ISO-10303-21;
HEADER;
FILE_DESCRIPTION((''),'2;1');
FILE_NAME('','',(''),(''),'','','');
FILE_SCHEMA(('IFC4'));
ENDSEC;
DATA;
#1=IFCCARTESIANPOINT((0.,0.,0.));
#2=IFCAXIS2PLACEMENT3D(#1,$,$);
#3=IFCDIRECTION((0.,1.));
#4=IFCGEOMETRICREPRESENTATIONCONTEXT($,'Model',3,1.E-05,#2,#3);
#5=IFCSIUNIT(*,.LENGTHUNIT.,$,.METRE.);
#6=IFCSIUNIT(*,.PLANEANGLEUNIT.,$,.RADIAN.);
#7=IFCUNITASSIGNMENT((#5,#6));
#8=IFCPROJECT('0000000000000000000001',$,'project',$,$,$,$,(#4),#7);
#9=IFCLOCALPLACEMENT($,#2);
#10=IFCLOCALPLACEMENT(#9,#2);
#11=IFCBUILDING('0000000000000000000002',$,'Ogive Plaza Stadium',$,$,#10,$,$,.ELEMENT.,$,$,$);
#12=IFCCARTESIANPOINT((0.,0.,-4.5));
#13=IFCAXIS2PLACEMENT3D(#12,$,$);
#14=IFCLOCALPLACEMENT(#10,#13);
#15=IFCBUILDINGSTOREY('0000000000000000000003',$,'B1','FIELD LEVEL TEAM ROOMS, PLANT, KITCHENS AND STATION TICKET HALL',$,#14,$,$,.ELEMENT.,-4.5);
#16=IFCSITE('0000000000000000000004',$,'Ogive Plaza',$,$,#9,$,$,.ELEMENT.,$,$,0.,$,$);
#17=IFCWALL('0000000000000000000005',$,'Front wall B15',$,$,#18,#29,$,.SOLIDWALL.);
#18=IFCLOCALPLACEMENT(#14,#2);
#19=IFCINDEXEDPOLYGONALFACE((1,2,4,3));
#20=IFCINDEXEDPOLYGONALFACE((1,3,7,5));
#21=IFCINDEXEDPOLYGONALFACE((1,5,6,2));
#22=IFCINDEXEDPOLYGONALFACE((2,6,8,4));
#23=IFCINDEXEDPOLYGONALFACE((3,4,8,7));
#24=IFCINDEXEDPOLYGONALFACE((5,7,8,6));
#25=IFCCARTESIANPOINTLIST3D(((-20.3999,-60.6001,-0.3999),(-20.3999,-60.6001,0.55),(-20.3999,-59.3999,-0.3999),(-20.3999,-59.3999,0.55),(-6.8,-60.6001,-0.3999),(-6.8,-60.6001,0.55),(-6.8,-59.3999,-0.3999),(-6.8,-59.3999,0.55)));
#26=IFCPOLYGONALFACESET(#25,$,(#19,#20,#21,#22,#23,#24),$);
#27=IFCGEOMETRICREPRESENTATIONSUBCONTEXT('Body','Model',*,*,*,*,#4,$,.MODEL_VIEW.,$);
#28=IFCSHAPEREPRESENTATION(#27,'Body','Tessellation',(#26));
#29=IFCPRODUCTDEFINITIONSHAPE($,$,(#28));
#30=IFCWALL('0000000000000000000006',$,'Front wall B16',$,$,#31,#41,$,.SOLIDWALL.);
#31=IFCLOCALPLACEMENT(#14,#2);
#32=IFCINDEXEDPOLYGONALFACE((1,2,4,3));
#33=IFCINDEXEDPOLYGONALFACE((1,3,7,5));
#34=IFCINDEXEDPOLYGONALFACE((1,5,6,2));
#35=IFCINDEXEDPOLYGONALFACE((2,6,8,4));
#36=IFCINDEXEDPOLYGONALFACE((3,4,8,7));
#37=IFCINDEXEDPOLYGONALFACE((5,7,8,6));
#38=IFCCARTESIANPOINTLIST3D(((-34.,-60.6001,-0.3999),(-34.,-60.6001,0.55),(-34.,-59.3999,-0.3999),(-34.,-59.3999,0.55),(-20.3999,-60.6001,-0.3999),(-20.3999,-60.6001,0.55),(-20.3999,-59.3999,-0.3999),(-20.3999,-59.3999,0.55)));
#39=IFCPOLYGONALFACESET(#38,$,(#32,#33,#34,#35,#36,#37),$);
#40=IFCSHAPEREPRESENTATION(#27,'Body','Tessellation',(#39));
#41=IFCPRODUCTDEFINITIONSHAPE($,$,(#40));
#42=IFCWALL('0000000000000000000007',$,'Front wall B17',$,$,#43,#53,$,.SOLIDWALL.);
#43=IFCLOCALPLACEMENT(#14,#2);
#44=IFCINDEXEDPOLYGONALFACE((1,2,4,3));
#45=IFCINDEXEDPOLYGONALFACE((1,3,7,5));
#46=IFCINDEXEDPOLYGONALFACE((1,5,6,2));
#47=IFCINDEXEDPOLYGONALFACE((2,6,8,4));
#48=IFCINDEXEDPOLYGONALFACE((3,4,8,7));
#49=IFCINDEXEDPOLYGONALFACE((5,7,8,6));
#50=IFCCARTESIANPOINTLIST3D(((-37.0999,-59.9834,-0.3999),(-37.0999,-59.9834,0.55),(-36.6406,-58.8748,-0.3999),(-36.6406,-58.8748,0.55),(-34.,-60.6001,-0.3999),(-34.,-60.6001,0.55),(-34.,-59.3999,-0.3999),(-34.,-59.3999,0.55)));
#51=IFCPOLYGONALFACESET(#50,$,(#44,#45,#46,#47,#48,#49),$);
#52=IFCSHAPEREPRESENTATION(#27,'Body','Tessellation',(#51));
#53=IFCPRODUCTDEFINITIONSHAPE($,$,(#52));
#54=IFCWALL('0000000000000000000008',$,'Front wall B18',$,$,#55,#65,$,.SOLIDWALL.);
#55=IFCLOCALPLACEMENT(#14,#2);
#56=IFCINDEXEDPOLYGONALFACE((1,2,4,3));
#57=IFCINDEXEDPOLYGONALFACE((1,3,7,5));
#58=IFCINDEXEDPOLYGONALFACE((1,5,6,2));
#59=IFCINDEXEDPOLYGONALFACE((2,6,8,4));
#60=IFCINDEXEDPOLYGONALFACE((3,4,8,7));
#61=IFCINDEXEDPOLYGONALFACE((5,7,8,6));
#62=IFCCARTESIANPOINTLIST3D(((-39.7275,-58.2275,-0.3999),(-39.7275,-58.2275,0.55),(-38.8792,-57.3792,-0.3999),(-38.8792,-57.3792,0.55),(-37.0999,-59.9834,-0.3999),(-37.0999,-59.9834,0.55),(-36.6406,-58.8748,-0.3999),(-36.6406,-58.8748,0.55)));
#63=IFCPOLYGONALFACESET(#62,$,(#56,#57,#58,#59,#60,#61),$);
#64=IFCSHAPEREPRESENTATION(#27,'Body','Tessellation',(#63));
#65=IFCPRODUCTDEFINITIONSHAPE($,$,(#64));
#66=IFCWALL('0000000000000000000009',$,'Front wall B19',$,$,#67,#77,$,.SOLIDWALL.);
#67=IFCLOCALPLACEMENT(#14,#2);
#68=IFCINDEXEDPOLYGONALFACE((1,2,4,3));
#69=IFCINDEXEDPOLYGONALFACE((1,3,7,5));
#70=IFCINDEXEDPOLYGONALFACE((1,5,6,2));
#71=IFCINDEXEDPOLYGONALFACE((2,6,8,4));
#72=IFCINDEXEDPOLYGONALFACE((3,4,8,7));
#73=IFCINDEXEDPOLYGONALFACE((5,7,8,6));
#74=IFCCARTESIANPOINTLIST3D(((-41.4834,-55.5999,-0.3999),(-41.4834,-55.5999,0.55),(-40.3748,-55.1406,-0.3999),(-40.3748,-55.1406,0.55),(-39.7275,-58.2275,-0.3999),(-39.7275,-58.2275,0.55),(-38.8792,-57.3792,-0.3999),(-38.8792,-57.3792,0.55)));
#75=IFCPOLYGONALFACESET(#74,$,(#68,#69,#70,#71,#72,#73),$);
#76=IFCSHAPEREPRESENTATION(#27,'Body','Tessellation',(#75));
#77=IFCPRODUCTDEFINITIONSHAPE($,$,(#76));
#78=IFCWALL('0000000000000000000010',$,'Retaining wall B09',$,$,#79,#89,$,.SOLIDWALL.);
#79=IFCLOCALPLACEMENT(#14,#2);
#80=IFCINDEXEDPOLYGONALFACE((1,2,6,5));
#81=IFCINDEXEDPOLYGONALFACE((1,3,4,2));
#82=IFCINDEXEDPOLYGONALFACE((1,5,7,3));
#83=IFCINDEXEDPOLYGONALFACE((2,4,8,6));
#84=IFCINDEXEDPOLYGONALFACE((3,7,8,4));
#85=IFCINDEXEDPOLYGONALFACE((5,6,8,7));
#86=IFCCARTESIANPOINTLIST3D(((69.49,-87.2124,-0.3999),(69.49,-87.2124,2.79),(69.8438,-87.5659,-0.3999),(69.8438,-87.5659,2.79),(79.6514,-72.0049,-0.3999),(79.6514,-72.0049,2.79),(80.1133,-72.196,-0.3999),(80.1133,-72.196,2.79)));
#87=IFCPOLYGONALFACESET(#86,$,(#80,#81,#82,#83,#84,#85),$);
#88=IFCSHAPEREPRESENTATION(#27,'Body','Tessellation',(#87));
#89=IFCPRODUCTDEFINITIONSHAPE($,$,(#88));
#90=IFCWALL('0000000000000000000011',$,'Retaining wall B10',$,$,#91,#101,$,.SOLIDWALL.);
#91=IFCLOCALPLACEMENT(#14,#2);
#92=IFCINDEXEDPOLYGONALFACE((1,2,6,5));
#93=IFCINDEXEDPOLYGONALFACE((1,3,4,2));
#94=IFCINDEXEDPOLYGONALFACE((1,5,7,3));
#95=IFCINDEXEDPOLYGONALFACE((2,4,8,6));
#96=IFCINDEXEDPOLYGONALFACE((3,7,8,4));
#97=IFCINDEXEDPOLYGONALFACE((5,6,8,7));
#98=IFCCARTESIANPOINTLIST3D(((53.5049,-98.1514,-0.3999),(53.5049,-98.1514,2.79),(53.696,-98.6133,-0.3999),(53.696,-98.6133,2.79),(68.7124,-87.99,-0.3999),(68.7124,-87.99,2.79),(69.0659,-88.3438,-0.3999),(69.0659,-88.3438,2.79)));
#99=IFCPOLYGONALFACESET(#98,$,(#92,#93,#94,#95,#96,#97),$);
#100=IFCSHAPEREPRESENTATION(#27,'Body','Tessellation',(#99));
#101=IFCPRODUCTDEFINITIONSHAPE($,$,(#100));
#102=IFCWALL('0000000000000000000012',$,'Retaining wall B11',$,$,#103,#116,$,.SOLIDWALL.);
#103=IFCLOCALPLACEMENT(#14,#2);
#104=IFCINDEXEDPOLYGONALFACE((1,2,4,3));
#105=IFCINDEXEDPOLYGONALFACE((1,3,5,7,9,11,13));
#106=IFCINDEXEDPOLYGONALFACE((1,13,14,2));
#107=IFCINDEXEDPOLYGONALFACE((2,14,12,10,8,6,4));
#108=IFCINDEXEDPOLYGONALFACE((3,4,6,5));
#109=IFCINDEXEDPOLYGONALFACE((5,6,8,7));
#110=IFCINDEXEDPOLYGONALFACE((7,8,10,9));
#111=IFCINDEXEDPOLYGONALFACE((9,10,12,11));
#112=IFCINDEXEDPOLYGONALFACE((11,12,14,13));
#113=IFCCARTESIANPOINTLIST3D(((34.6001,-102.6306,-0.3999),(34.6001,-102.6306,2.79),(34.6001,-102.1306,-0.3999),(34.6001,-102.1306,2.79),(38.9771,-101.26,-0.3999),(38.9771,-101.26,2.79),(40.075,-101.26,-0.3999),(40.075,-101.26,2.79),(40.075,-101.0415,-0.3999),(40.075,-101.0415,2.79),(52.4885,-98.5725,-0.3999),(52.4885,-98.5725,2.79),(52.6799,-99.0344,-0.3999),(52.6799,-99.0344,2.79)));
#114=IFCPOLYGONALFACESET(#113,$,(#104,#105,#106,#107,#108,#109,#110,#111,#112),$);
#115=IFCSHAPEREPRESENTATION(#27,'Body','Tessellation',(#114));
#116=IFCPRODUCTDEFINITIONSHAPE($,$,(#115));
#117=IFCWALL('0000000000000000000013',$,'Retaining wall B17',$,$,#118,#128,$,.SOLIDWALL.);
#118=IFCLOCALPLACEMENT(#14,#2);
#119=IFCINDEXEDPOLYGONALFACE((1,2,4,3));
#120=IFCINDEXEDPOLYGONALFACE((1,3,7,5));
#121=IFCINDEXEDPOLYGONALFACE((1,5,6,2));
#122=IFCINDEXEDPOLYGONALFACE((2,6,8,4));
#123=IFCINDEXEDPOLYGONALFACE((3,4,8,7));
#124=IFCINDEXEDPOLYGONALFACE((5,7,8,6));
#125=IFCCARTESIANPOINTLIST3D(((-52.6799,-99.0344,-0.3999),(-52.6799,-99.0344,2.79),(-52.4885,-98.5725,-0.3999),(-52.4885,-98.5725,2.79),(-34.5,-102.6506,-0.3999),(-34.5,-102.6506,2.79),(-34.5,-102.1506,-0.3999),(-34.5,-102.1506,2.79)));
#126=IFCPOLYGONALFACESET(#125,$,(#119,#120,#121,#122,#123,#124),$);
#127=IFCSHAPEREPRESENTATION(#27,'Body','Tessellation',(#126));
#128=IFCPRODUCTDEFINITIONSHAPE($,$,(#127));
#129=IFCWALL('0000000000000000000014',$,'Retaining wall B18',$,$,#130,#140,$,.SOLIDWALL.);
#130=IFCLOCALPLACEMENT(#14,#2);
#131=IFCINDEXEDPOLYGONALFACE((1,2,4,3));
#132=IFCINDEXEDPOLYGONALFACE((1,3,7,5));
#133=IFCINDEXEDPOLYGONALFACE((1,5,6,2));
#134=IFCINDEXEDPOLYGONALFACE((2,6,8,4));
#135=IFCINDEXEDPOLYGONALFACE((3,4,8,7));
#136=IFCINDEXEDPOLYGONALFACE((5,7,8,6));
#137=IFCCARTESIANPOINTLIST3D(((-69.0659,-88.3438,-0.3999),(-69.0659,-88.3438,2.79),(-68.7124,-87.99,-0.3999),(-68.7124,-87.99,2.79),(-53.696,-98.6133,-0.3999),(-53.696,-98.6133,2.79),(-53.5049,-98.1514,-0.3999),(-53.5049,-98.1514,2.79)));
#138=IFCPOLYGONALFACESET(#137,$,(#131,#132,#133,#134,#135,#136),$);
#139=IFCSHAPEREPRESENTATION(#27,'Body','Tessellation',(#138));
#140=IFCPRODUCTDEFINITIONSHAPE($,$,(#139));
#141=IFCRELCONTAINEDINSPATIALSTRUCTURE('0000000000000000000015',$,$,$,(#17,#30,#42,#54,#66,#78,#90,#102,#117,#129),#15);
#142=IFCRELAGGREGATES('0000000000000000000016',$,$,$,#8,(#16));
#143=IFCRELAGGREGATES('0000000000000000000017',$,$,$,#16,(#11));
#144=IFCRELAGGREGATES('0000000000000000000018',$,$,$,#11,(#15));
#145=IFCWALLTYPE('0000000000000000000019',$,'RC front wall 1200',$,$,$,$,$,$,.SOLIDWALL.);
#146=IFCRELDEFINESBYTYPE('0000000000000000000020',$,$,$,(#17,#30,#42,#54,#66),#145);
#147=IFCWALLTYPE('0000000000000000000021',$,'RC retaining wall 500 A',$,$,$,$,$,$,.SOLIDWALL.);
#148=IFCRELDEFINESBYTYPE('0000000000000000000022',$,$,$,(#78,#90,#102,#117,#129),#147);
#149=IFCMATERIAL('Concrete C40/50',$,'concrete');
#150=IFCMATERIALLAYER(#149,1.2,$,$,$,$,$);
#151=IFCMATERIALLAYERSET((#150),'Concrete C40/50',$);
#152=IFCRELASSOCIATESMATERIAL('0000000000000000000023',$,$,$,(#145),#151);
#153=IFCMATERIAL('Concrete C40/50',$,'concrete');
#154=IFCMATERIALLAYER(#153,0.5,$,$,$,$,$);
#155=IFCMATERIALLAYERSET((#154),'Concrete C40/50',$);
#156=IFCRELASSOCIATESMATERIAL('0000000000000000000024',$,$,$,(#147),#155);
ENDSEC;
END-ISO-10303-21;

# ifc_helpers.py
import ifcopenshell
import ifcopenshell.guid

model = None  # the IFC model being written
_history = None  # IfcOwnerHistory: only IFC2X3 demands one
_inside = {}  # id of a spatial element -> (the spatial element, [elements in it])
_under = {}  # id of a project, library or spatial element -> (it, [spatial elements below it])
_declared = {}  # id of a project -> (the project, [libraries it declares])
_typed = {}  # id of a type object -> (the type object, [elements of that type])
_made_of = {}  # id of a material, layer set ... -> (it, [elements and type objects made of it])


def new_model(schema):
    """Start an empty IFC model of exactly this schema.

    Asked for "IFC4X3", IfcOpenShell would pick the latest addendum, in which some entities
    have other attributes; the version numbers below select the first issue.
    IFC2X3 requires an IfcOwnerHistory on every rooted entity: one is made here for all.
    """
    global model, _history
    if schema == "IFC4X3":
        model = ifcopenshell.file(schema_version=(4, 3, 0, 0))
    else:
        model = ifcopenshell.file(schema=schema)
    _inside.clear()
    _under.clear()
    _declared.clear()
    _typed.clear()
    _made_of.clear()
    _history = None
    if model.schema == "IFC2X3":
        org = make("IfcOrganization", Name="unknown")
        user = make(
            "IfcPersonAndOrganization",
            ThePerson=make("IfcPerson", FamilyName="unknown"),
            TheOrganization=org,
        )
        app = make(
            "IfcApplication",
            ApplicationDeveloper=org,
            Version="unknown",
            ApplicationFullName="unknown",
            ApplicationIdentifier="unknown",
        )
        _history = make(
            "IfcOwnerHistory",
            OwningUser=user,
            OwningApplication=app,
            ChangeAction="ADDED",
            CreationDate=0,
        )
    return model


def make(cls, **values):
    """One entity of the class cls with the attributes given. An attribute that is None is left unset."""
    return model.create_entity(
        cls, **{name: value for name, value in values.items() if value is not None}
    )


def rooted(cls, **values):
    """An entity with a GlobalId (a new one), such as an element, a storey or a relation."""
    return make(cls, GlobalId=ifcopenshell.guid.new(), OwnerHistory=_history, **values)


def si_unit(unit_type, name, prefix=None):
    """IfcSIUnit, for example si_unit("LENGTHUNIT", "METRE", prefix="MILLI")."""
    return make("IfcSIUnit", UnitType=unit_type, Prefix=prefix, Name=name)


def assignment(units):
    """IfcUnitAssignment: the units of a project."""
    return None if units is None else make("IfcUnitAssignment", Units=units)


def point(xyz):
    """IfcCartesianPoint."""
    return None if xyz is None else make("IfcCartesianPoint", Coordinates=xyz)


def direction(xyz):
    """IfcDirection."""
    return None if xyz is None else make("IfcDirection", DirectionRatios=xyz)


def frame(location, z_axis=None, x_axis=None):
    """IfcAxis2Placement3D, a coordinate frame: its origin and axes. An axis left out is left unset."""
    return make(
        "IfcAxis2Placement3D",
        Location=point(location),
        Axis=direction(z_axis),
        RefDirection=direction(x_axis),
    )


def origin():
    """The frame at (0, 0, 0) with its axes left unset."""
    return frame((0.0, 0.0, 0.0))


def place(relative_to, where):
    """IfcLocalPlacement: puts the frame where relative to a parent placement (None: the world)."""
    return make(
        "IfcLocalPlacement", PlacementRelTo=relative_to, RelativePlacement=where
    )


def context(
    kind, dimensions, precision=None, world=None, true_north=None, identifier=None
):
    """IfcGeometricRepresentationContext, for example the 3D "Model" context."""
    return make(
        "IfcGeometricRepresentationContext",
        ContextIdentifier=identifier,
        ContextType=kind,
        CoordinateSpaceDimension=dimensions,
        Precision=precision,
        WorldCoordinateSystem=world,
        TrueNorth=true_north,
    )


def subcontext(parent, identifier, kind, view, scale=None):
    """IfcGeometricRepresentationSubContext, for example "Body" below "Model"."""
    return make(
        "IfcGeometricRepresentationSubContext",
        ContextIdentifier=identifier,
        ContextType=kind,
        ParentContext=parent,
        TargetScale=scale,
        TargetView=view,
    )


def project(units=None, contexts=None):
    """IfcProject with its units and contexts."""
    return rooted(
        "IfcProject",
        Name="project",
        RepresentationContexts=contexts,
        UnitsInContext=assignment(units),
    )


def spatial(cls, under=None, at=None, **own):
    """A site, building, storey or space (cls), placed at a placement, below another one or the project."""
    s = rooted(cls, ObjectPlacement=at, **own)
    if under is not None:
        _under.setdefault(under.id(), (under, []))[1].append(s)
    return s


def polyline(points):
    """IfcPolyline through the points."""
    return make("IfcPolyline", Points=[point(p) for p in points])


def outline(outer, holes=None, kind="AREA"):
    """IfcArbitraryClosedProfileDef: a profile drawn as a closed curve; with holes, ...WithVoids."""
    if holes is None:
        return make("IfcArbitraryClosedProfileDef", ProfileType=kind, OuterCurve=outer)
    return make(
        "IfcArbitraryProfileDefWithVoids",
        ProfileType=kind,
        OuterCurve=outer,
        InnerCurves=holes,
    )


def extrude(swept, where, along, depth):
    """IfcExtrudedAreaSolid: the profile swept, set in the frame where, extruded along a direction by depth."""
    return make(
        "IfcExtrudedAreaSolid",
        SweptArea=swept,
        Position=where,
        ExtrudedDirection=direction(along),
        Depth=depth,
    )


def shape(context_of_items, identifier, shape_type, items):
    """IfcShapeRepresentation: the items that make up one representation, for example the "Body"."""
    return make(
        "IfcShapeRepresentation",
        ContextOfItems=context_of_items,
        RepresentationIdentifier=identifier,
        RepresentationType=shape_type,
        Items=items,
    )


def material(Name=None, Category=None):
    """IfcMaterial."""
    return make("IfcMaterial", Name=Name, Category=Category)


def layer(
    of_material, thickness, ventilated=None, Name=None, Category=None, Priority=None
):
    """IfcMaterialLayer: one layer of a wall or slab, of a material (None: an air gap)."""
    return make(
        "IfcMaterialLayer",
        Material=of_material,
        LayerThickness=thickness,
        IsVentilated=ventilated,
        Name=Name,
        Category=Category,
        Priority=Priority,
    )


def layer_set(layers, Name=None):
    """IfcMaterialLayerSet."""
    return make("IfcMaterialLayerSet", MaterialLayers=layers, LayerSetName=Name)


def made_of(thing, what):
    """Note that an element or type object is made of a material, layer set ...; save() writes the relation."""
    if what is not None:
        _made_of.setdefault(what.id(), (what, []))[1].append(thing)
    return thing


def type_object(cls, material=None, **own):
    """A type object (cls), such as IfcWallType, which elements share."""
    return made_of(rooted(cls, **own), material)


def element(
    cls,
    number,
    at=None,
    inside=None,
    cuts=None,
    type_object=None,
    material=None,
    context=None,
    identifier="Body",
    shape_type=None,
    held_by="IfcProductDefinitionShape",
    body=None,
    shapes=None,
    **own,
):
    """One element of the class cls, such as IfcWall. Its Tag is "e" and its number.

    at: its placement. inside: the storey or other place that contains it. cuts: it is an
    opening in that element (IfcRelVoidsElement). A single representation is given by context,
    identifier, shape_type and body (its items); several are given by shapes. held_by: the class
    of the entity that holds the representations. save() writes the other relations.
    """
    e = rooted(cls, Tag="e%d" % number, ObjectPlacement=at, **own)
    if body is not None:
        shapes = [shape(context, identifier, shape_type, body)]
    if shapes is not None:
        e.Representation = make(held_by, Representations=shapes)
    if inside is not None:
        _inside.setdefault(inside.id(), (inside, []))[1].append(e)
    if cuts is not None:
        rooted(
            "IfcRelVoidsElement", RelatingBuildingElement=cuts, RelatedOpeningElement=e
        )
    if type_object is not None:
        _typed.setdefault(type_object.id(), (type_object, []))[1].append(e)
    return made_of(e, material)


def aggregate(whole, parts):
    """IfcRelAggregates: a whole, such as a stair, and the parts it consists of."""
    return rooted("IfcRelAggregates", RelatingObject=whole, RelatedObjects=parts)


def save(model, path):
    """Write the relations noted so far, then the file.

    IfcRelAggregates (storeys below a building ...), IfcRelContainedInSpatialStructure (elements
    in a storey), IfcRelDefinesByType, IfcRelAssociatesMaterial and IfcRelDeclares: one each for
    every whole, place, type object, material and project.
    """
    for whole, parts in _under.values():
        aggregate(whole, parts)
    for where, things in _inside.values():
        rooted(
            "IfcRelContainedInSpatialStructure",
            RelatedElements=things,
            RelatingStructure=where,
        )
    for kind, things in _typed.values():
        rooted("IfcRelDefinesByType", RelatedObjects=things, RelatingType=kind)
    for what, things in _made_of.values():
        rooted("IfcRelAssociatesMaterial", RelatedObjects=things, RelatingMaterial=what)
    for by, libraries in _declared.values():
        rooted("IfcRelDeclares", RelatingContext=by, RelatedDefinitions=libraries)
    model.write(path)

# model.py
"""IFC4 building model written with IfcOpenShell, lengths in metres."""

from ifc_helpers import new_model, si_unit, direction, frame, origin, place, context, subcontext, project, spatial, polyline, outline, extrude, material, layer, layer_set, type_object, element, save


model = new_model("IFC4")

# Units and contexts
model_context = context("Model", 3, precision=1e-05, world=origin(), true_north=direction((0.0, 1.0)))
body_context = subcontext(model_context, "Body", "Model", "MODEL_VIEW")
ifc_project = project(units=[si_unit("LENGTHUNIT", "METRE"), si_unit("PLANEANGLEUNIT", "RADIAN")], contexts=[model_context])

# Site, building, storey
site_placement = place(None, origin())
site = spatial("IfcSite", under=ifc_project, at=site_placement, Name="Ogive Plaza", CompositionType="ELEMENT", RefElevation=0.0)
building_placement = place(site_placement, origin())
building = spatial("IfcBuilding", under=site, at=building_placement, Name="Ogive Plaza Stadium", CompositionType="ELEMENT")
storey_placement = place(building_placement, frame((0.0, 0.0, -4.5)))
storey = spatial("IfcBuildingStorey", under=building, at=storey_placement, Name="B1", Description="FIELD LEVEL TEAM ROOMS, PLANT, KITCHENS AND STATION TICKET HALL", CompositionType="ELEMENT", Elevation=-4.5)

# Walls
ifc_material_1 = material(Name="Concrete C40/50", Category="concrete")
ifc_layer_1 = layer(ifc_material_1, 1.2)
ifc_layer_set_1 = layer_set([ifc_layer_1], Name="Concrete C40/50")
wall_type_1 = type_object("IfcWallType", Name="RC front wall 1200", PredefinedType="SOLIDWALL", material=ifc_layer_set_1)
wall_1_placement = place(storey_placement, frame((0.0, 0.0, -0.3999)))
element("IfcWall", 1, at=wall_1_placement, inside=storey, type_object=wall_type_1, Name="Front wall B15", PredefinedType="SOLIDWALL", context=body_context, shape_type="SweptSolid", body=[
    extrude(outline(polyline([(-20.3999, -59.3999), (-20.3999, -60.6001), (-6.8, -60.6001), (-6.8, -59.3999), (-20.3999, -59.3999)])), origin(), (0.0, 0.0, 1.0), 0.95),
])
wall_2_placement = place(storey_placement, frame((0.0, 0.0, -0.3999)))
element("IfcWall", 2, at=wall_2_placement, inside=storey, type_object=wall_type_1, Name="Front wall B16", PredefinedType="SOLIDWALL", context=body_context, shape_type="SweptSolid", body=[
    extrude(outline(polyline([(-34.0, -59.3999), (-34.0, -60.6001), (-20.3999, -60.6001), (-20.3999, -59.3999), (-34.0, -59.3999)])), origin(), (0.0, 0.0, 1.0), 0.95),
])
wall_3_placement = place(storey_placement, frame((0.0, 0.0, -0.3999)))
element("IfcWall", 3, at=wall_3_placement, inside=storey, type_object=wall_type_1, Name="Front wall B17", PredefinedType="SOLIDWALL", context=body_context, shape_type="SweptSolid", body=[
    extrude(outline(polyline([(-36.6406, -58.8748), (-37.0999, -59.9834), (-34.0, -60.6001), (-34.0, -59.3999), (-36.6406, -58.8748)])), origin(), (0.0, 0.0, 1.0), 0.95),
])
wall_4_placement = place(storey_placement, frame((0.0, 0.0, -0.3999)))
element("IfcWall", 4, at=wall_4_placement, inside=storey, type_object=wall_type_1, Name="Front wall B18", PredefinedType="SOLIDWALL", context=body_context, shape_type="SweptSolid", body=[
    extrude(outline(polyline([(-38.8792, -57.3792), (-39.7275, -58.2275), (-37.0999, -59.9834), (-36.6406, -58.8748), (-38.8792, -57.3792)])), origin(), (0.0, 0.0, 1.0), 0.95),
])
wall_5_placement = place(storey_placement, frame((0.0, 0.0, -0.3999)))
element("IfcWall", 5, at=wall_5_placement, inside=storey, type_object=wall_type_1, Name="Front wall B19", PredefinedType="SOLIDWALL", context=body_context, shape_type="SweptSolid", body=[
    extrude(outline(polyline([(-40.3748, -55.1406), (-41.4834, -55.5999), (-39.7275, -58.2275), (-38.8792, -57.3792), (-40.3748, -55.1406)])), origin(), (0.0, 0.0, 1.0), 0.95),
])
ifc_material_2 = material(Name="Concrete C40/50", Category="concrete")
ifc_layer_2 = layer(ifc_material_2, 0.5)
ifc_layer_set_2 = layer_set([ifc_layer_2], Name="Concrete C40/50")
wall_type_2 = type_object("IfcWallType", Name="RC retaining wall 500 A", PredefinedType="SOLIDWALL", material=ifc_layer_set_2)
wall_6_placement = place(storey_placement, frame((0.0, 0.0, -0.3999)))
element("IfcWall", 6, at=wall_6_placement, inside=storey, type_object=wall_type_2, Name="Retaining wall B09", PredefinedType="SOLIDWALL", context=body_context, shape_type="SweptSolid", body=[
    extrude(outline(polyline([(69.49, -87.2124), (69.8438, -87.5659), (80.1133, -72.196), (79.6514, -72.0049), (69.49, -87.2124)])), origin(), (0.0, 0.0, 1.0), 3.1899),
])
wall_7_placement = place(storey_placement, frame((0.0, 0.0, -0.3999)))
element("IfcWall", 7, at=wall_7_placement, inside=storey, type_object=wall_type_2, Name="Retaining wall B10", PredefinedType="SOLIDWALL", context=body_context, shape_type="SweptSolid", body=[
    extrude(outline(polyline([(53.5049, -98.1514), (53.696, -98.6133), (69.0659, -88.3438), (68.7124, -87.99), (53.5049, -98.1514)])), origin(), (0.0, 0.0, 1.0), 3.1899),
])
wall_8_placement = place(storey_placement, frame((0.0, 0.0, -0.3999)))
element("IfcWall", 8, at=wall_8_placement, inside=storey, type_object=wall_type_2, Name="Retaining wall B11", PredefinedType="SOLIDWALL", context=body_context, shape_type="SweptSolid", body=[
    extrude(outline(polyline([(52.4885, -98.5725), (40.075, -101.0415), (40.075, -101.26), (38.9771, -101.26), (34.6001, -102.1306), (34.6001, -102.6306), (52.6799, -99.0344), (52.4885, -98.5725)])), origin(), (0.0, 0.0, 1.0), 3.1899),
])
wall_9_placement = place(storey_placement, frame((0.0, 0.0, -0.3999)))
element("IfcWall", 9, at=wall_9_placement, inside=storey, type_object=wall_type_2, Name="Retaining wall B17", PredefinedType="SOLIDWALL", context=body_context, shape_type="SweptSolid", body=[
    extrude(outline(polyline([(-52.4885, -98.5725), (-52.6799, -99.0344), (-34.5, -102.6506), (-34.5, -102.1506), (-52.4885, -98.5725)])), origin(), (0.0, 0.0, 1.0), 3.1899),
])
wall_10_placement = place(storey_placement, frame((0.0, 0.0, -0.3999)))
element("IfcWall", 10, at=wall_10_placement, inside=storey, type_object=wall_type_2, Name="Retaining wall B18", PredefinedType="SOLIDWALL", context=body_context, shape_type="SweptSolid", body=[
    extrude(outline(polyline([(-68.7124, -87.99), (-69.0659, -88.3438), (-53.696, -98.6133), (-53.5049, -98.1514), (-68.7124, -87.99)])), origin(), (0.0, 0.0, 1.0), 3.1899),
])

save(model, "model.ifc")
